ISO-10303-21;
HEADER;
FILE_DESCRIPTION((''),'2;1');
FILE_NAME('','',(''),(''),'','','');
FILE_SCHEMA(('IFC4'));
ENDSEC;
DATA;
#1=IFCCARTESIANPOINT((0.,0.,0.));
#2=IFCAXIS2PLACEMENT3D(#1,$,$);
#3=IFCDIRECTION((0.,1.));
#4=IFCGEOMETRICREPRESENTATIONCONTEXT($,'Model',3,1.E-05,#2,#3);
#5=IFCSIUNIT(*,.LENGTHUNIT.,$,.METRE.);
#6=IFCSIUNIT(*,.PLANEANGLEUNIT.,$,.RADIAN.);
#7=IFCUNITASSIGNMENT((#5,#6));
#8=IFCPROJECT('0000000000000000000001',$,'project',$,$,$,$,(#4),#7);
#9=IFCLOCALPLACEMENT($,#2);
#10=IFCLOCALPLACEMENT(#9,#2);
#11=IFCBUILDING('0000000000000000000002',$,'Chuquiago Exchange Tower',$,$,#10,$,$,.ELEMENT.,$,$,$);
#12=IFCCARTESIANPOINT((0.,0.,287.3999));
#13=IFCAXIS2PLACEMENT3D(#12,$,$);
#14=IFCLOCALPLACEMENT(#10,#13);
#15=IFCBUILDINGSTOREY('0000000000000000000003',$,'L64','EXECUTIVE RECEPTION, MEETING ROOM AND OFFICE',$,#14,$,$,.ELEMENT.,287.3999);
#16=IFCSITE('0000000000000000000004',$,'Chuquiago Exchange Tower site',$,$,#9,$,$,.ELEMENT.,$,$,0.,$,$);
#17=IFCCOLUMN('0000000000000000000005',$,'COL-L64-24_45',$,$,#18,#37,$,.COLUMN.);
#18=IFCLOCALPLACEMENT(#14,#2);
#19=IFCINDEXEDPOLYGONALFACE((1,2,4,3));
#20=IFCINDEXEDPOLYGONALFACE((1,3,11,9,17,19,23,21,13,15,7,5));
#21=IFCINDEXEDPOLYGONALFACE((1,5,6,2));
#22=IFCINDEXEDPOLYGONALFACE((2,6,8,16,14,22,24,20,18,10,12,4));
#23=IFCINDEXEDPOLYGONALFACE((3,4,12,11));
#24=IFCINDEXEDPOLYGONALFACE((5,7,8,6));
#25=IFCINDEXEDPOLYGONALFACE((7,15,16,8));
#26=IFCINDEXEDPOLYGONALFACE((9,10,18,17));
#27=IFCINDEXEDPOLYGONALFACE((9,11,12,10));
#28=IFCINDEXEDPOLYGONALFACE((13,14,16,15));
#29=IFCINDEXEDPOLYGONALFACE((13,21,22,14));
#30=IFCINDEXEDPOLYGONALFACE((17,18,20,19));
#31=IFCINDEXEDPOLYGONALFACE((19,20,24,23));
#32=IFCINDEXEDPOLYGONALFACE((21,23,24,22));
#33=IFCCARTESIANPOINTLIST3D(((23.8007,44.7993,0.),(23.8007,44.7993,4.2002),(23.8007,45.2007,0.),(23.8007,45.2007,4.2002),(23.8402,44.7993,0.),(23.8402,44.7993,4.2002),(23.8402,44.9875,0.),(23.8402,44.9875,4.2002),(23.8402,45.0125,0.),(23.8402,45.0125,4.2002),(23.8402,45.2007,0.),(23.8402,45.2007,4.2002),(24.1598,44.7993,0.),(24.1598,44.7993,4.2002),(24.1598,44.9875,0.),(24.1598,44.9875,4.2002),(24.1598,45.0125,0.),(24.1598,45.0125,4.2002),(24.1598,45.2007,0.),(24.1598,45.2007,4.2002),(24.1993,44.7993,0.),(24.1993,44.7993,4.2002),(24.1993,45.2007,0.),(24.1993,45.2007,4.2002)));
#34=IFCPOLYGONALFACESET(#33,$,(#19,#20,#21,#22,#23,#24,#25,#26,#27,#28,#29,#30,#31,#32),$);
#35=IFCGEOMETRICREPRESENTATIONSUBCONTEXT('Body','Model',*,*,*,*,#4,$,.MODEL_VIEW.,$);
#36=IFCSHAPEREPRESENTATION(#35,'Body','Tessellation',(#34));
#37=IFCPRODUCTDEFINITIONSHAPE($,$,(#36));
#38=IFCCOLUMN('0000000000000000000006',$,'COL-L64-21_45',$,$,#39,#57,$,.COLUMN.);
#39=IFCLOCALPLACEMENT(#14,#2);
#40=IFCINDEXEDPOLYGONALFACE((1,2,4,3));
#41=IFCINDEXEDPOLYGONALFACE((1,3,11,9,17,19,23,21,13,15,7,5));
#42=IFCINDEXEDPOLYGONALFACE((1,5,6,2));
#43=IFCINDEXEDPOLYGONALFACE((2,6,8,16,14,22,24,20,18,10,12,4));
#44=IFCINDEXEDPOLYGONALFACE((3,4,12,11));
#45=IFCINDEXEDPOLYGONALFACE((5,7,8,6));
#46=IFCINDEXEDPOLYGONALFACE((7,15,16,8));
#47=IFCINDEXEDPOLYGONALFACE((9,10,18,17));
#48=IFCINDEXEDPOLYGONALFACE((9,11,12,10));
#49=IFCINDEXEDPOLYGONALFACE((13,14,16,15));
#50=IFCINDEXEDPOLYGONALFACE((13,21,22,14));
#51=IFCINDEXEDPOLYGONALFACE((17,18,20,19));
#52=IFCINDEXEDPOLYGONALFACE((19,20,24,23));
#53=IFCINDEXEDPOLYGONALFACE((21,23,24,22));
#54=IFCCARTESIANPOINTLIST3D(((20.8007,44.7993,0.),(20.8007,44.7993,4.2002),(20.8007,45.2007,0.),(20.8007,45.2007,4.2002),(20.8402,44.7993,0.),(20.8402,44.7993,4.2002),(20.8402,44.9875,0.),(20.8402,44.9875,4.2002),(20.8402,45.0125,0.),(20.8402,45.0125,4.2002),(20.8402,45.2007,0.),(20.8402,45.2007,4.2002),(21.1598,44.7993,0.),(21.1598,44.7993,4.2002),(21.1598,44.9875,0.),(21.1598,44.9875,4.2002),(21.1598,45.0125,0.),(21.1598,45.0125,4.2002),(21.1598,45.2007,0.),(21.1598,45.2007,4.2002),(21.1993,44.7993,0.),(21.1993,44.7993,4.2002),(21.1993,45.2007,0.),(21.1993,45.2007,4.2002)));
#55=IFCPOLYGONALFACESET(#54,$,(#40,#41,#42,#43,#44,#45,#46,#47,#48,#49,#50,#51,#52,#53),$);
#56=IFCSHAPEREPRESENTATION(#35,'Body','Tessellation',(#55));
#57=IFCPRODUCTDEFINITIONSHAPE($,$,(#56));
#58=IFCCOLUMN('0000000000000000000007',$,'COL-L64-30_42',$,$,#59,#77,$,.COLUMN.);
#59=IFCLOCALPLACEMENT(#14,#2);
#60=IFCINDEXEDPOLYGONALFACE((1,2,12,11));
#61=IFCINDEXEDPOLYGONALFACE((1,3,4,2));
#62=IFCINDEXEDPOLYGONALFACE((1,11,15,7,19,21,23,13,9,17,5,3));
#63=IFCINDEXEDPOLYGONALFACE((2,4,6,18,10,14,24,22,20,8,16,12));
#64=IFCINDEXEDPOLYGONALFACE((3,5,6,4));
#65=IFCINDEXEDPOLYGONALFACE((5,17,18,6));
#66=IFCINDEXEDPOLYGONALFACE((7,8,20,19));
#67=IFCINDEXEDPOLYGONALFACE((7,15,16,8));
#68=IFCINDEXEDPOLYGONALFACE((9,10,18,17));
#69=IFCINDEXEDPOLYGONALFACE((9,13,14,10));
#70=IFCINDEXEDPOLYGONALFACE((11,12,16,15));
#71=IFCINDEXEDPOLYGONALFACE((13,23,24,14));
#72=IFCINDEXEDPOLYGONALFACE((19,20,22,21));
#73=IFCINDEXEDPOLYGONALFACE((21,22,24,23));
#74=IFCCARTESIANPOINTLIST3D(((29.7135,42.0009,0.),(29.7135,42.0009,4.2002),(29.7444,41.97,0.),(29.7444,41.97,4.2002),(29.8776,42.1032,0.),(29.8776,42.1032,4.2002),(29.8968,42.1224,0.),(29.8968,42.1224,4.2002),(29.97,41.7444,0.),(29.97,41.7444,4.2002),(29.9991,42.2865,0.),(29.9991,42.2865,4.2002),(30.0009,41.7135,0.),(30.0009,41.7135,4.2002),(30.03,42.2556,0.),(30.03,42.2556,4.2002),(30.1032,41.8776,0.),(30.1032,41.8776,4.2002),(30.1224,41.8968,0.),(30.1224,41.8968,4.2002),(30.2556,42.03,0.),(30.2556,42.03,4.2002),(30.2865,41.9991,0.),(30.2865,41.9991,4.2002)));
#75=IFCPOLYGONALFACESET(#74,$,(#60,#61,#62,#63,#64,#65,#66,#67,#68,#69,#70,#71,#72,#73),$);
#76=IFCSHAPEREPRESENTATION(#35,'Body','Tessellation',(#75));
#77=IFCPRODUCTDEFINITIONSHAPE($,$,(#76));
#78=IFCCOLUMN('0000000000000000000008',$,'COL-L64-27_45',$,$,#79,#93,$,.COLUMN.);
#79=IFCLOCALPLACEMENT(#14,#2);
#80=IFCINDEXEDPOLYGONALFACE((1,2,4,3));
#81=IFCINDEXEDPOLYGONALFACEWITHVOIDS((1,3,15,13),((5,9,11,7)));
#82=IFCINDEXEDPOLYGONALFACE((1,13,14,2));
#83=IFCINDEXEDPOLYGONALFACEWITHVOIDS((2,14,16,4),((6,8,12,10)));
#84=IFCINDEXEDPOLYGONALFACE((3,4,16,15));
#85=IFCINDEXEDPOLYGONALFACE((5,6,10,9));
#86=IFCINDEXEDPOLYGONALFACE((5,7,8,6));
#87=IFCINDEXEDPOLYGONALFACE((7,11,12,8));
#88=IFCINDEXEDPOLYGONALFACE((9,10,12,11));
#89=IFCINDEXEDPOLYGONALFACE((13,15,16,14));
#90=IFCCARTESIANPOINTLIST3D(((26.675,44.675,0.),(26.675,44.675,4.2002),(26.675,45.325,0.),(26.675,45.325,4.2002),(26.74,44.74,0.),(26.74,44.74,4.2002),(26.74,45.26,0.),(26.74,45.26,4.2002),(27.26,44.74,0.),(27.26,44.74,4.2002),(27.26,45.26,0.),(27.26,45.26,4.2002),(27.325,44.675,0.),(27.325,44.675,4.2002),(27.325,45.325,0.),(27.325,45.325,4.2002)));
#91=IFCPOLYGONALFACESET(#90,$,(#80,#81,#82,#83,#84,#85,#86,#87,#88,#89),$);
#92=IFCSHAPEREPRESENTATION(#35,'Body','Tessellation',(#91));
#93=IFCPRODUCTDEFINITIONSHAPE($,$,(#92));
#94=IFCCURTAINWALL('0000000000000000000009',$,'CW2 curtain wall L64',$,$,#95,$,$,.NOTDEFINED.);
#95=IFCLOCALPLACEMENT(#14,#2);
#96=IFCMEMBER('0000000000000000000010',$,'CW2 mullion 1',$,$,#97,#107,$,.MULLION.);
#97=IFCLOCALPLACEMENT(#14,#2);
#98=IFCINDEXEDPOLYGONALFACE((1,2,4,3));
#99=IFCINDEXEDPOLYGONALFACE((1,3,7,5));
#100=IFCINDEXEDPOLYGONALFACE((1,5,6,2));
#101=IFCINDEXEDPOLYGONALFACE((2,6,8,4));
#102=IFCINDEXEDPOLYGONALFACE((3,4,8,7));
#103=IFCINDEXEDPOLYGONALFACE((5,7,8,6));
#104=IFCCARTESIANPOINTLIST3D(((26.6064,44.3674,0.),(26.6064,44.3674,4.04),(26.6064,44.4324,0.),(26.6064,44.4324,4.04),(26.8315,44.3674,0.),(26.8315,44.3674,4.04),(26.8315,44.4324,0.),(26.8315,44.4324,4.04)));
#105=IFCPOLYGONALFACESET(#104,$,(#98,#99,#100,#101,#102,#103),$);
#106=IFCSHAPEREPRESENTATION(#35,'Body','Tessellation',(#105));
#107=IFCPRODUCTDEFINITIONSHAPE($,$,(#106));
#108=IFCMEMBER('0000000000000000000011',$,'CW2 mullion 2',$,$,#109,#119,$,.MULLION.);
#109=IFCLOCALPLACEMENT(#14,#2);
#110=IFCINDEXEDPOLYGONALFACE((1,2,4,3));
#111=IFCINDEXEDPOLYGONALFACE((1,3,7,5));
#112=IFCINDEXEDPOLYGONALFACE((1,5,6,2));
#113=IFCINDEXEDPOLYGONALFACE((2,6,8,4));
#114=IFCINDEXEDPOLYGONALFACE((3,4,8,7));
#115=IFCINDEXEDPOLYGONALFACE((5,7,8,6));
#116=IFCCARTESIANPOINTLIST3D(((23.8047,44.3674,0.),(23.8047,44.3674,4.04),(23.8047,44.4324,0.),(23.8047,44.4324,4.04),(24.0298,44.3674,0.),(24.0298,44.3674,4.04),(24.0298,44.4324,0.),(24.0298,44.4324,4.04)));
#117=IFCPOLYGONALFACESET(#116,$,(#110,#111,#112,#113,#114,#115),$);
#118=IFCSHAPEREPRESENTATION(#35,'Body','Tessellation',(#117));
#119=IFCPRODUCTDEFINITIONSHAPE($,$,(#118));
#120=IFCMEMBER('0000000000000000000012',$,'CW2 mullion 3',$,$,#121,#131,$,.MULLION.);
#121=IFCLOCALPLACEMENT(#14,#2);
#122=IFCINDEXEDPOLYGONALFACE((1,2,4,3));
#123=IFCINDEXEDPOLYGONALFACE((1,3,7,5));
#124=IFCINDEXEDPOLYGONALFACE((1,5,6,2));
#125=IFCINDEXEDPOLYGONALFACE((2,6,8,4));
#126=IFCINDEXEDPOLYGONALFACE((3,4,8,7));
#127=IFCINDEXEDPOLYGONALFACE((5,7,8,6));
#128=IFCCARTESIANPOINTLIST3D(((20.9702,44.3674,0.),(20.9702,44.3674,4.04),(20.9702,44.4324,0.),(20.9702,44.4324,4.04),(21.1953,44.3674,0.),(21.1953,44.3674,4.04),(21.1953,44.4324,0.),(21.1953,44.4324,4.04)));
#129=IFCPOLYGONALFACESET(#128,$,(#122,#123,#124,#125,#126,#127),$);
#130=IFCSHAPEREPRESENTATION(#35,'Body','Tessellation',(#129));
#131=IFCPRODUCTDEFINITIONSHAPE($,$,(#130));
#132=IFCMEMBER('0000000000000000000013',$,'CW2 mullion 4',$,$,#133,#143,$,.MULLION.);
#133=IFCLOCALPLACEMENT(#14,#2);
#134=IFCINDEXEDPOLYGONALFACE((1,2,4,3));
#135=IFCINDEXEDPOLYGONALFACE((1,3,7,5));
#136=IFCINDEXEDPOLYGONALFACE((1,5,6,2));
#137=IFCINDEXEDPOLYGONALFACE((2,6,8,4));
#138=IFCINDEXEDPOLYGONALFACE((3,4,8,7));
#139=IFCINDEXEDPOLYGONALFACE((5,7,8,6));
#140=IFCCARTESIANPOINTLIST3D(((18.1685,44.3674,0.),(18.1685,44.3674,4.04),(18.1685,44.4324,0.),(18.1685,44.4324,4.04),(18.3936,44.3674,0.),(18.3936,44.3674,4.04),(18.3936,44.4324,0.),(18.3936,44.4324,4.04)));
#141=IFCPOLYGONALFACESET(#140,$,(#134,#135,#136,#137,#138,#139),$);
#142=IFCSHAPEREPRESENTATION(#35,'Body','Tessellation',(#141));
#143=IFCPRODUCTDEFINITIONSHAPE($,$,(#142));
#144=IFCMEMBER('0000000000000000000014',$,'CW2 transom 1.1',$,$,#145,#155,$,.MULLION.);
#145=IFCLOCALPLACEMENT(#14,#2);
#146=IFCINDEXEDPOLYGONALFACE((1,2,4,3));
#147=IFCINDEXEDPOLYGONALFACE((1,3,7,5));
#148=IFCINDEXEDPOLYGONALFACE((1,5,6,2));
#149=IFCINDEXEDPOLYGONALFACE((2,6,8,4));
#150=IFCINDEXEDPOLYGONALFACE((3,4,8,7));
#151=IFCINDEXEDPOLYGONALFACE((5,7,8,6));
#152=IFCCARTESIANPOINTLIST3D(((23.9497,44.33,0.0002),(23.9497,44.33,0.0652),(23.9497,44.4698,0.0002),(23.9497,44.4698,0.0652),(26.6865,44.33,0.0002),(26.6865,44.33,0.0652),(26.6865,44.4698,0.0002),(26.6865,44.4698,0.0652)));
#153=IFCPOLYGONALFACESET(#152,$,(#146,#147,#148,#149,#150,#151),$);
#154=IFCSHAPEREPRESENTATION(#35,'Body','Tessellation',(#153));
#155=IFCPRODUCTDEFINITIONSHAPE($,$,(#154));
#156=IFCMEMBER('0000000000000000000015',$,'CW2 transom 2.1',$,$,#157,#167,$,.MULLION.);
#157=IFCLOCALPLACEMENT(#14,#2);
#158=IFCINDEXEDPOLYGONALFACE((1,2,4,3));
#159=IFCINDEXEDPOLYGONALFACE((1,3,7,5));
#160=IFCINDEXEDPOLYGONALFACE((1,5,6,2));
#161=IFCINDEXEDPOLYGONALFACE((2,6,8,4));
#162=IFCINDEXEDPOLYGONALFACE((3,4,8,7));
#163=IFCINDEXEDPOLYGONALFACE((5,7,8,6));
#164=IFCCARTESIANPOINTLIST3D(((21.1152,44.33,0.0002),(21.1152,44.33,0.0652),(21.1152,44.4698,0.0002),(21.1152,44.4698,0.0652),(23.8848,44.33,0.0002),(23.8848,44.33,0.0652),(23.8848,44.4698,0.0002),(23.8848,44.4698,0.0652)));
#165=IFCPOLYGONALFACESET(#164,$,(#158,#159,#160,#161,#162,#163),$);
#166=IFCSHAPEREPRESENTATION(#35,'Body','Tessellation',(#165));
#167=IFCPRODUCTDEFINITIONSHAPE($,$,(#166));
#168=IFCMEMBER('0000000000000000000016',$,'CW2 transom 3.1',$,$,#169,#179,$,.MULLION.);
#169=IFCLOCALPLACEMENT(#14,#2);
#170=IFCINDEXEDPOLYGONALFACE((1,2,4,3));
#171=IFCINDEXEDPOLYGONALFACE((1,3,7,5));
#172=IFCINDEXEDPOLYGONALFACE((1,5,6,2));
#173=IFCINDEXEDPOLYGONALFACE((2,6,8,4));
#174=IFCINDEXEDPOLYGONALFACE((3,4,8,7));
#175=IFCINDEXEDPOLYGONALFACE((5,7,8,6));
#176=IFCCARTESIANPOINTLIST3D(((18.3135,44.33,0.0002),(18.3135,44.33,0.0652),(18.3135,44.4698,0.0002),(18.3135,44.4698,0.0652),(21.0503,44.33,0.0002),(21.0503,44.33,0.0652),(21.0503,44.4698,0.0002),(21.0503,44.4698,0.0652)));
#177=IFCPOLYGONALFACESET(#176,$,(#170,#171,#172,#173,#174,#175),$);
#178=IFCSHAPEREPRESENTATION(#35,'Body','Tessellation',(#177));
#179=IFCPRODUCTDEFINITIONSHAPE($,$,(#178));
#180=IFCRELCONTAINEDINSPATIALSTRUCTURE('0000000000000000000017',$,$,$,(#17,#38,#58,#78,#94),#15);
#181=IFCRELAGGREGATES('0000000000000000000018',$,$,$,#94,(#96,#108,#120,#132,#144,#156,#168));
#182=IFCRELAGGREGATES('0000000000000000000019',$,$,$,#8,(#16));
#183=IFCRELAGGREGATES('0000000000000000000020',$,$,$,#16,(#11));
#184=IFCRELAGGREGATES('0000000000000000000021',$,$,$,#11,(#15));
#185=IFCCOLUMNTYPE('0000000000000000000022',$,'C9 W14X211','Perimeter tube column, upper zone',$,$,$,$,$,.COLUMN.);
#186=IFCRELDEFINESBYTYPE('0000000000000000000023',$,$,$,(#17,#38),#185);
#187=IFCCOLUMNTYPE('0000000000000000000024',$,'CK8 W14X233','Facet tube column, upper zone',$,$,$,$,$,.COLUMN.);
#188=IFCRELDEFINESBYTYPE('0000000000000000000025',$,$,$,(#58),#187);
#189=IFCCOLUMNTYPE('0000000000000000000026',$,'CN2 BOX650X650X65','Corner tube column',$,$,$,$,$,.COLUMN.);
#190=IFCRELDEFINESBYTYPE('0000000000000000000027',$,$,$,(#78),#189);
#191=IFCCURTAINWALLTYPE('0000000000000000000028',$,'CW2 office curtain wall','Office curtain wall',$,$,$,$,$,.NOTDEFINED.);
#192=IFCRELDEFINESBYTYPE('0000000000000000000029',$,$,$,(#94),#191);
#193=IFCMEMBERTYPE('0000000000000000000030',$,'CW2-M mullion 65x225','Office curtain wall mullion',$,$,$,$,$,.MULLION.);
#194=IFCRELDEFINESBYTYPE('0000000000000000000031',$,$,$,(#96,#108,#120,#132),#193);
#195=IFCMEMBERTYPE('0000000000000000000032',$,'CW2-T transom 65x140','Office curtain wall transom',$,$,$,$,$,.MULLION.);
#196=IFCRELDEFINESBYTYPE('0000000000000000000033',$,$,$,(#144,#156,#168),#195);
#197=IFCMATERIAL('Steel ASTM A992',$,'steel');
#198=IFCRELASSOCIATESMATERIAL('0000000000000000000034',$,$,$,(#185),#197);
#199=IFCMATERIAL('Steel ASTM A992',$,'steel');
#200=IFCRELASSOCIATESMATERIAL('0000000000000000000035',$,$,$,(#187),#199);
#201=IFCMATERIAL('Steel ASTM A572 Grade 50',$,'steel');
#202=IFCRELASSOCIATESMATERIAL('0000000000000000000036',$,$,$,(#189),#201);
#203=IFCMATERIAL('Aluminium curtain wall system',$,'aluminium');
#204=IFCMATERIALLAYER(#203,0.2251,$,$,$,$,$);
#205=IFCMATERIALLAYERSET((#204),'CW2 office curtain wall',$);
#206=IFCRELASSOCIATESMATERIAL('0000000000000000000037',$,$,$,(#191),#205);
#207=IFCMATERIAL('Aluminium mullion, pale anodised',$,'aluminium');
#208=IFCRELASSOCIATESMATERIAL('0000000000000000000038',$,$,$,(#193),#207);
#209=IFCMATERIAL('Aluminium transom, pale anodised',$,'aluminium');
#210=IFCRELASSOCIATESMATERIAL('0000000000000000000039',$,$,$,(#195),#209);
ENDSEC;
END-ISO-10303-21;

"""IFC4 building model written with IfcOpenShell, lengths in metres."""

from ifc_helpers import new_model, si_unit, direction, frame, origin, origin_2d, place, context, subcontext, project, spatial, rectangle, hollow_rectangle, i_section, extrude, material, layer, layer_set, material_profile, profile_set, type_object, element, aggregate, save


model = new_model("IFC4")

# Units and contexts
model_context = context("Model", 3, precision=1e-05, world=origin(), true_north=direction((0.0, 1.0)))
body_context = subcontext(model_context, "Body", "Model", "MODEL_VIEW")
ifc_project = project(units=[si_unit("LENGTHUNIT", "METRE"), si_unit("PLANEANGLEUNIT", "RADIAN")], contexts=[model_context])

# Site, building, storey
site_placement = place(None, origin())
site = spatial("IfcSite", under=ifc_project, at=site_placement, Name="Chuquiago Exchange Tower site", CompositionType="ELEMENT", RefElevation=0.0)
building_placement = place(site_placement, origin())
building = spatial("IfcBuilding", under=site, at=building_placement, Name="Chuquiago Exchange Tower", CompositionType="ELEMENT")
storey_placement = place(building_placement, frame((0.0, 0.0, 287.3999)))
storey = spatial("IfcBuildingStorey", under=building, at=storey_placement, Name="L64", Description="EXECUTIVE RECEPTION, MEETING ROOM AND OFFICE", CompositionType="ELEMENT", Elevation=287.3999)

# Columns
ifc_material_1 = material(Name="Steel ASTM A992", Category="steel")
ifc_material_profile_1 = material_profile(ifc_material_1, i_section(OverallWidth=0.4014, OverallDepth=0.3987, WebThickness=0.0249, FlangeThickness=0.0396, at=origin_2d()), Name="W14X211")
ifc_profile_set_1 = profile_set([ifc_material_profile_1], Name="Steel ASTM A992")
column_type_1 = type_object("IfcColumnType", Name="C9 W14X211", Description="Perimeter tube column, upper zone", PredefinedType="COLUMN", material=ifc_profile_set_1)
for number, where, z_axis, x_axis, name in (
    (1, (24.0, 45.0, 0.0), (0.0, 0.0, 1.0), (0.0, 1.0, 0.0), "COL-L64-24_45"),
    (2, (21.0, 45.0, 0.0), (0.0, 0.0, 1.0), (0.0, 1.0, 0.0), "COL-L64-21_45"),
):
    element("IfcColumn", number, at=place(storey_placement, frame(where, z_axis=z_axis, x_axis=x_axis)), inside=storey, type_object=column_type_1, Name=name, PredefinedType="COLUMN", context=body_context, shape_type="SweptSolid", body=[
        extrude(i_section(OverallWidth=0.4014, OverallDepth=0.3987, WebThickness=0.0249, FlangeThickness=0.0396, at=origin_2d()), origin(), (0.0, 0.0, 1.0), 4.2002),
    ])
ifc_material_2 = material(Name="Steel ASTM A992", Category="steel")
ifc_material_profile_2 = material_profile(ifc_material_2, i_section(OverallWidth=0.4038, OverallDepth=0.4065, WebThickness=0.0271, FlangeThickness=0.0437, at=origin_2d()), Name="W14X233")
ifc_profile_set_2 = profile_set([ifc_material_profile_2], Name="Steel ASTM A992")
column_type_2 = type_object("IfcColumnType", Name="CK8 W14X233", Description="Facet tube column, upper zone", PredefinedType="COLUMN", material=ifc_profile_set_2)
column_1_placement = place(storey_placement, frame((30.0, 42.0, 0.0), z_axis=(0.0, 0.0, 1.0), x_axis=(0.707107, 0.707107, 0.0)))
element("IfcColumn", 3, at=column_1_placement, inside=storey, type_object=column_type_2, Name="COL-L64-30_42", PredefinedType="COLUMN", context=body_context, shape_type="SweptSolid", body=[
    extrude(i_section(OverallWidth=0.4038, OverallDepth=0.4065, WebThickness=0.0271, FlangeThickness=0.0437, at=origin_2d()), origin(), (0.0, 0.0, 1.0), 4.2002),
])
ifc_material_3 = material(Name="Steel ASTM A572 Grade 50", Category="steel")
ifc_material_profile_3 = material_profile(ifc_material_3, hollow_rectangle(XDim=0.6499, YDim=0.6499, WallThickness=0.0649, at=origin_2d()), Name="BOX650X650X65")
ifc_profile_set_3 = profile_set([ifc_material_profile_3], Name="Steel ASTM A572 Grade 50")
column_type_3 = type_object("IfcColumnType", Name="CN2 BOX650X650X65", Description="Corner tube column", PredefinedType="COLUMN", material=ifc_profile_set_3)
column_2_placement = place(storey_placement, frame((27.0, 45.0, 0.0), z_axis=(0.0, 0.0, 1.0), x_axis=(0.0, 1.0, 0.0)))
element("IfcColumn", 4, at=column_2_placement, inside=storey, type_object=column_type_3, Name="COL-L64-27_45", PredefinedType="COLUMN", context=body_context, shape_type="SweptSolid", body=[
    extrude(hollow_rectangle(XDim=0.6499, YDim=0.6499, WallThickness=0.0649, at=origin_2d()), origin(), (0.0, 0.0, 1.0), 4.2002),
])

# Curtain wall, members
ifc_material_4 = material(Name="Aluminium curtain wall system", Category="aluminium")
ifc_layer_1 = layer(ifc_material_4, 0.2251)
ifc_layer_set_1 = layer_set([ifc_layer_1], Name="CW2 office curtain wall")
curtain_wall_type_1 = type_object("IfcCurtainWallType", Name="CW2 office curtain wall", Description="Office curtain wall", PredefinedType="NOTDEFINED", material=ifc_layer_set_1)
curtain_wall_1_placement = place(storey_placement, origin())
curtain_wall_1 = element("IfcCurtainWall", 5, at=curtain_wall_1_placement, inside=storey, type_object=curtain_wall_type_1, Name="CW2 curtain wall L64", PredefinedType="NOTDEFINED")
ifc_material_5 = material(Name="Aluminium mullion, pale anodised", Category="aluminium")
ifc_material_profile_4 = material_profile(ifc_material_5, rectangle(XDim=0.0649, YDim=0.2251, at=origin_2d()), Name="AL 65x225")
ifc_profile_set_4 = profile_set([ifc_material_profile_4], Name="Aluminium mullion, pale anodised")
member_type_1 = type_object("IfcMemberType", Name="CW2-M mullion 65x225", Description="Office curtain wall mullion", PredefinedType="MULLION", material=ifc_profile_set_4)
member_1_placement = place(storey_placement, frame((26.719, 44.3999, 0.0), z_axis=(0.0, 0.0, 1.0), x_axis=(0.0, -1.0, 0.0)))
member_1 = element("IfcMember", 6, at=member_1_placement, type_object=member_type_1, Name="CW2 mullion 1", PredefinedType="MULLION", context=body_context, shape_type="SweptSolid", body=[
    extrude(rectangle(XDim=0.0649, YDim=0.2251, at=origin_2d()), origin(), (0.0, 0.0, 1.0), 4.04),
])
member_2_placement = place(storey_placement, frame((23.9172, 44.3999, 0.0), z_axis=(0.0, 0.0, 1.0), x_axis=(0.0, -1.0, 0.0)))
member_2 = element("IfcMember", 7, at=member_2_placement, type_object=member_type_1, Name="CW2 mullion 2", PredefinedType="MULLION", context=body_context, shape_type="SweptSolid", body=[
    extrude(rectangle(XDim=0.0649, YDim=0.2251, at=origin_2d()), origin(), (0.0, 0.0, 1.0), 4.04),
])
member_3_placement = place(storey_placement, frame((21.0828, 44.3999, 0.0), z_axis=(0.0, 0.0, 1.0), x_axis=(0.0, -1.0, 0.0)))
member_3 = element("IfcMember", 8, at=member_3_placement, type_object=member_type_1, Name="CW2 mullion 3", PredefinedType="MULLION", context=body_context, shape_type="SweptSolid", body=[
    extrude(rectangle(XDim=0.0649, YDim=0.2251, at=origin_2d()), origin(), (0.0, 0.0, 1.0), 4.04),
])
member_4_placement = place(storey_placement, frame((18.281, 44.3999, 0.0), z_axis=(0.0, 0.0, 1.0), x_axis=(0.0, -1.0, 0.0)))
member_4 = element("IfcMember", 9, at=member_4_placement, type_object=member_type_1, Name="CW2 mullion 4", PredefinedType="MULLION", context=body_context, shape_type="SweptSolid", body=[
    extrude(rectangle(XDim=0.0649, YDim=0.2251, at=origin_2d()), origin(), (0.0, 0.0, 1.0), 4.04),
])
ifc_material_6 = material(Name="Aluminium transom, pale anodised", Category="aluminium")
ifc_material_profile_5 = material_profile(ifc_material_6, rectangle(XDim=0.1399, YDim=0.0649, at=origin_2d()), Name="AL 140x65")
ifc_profile_set_5 = profile_set([ifc_material_profile_5], Name="Aluminium transom, pale anodised")
member_type_2 = type_object("IfcMemberType", Name="CW2-T transom 65x140", Description="Office curtain wall transom", PredefinedType="MULLION", material=ifc_profile_set_5)
member_5_placement = place(storey_placement, frame((26.6865, 44.3999, 0.0327), z_axis=(-1.0, 0.0, 0.0), x_axis=(0.0, -1.0, 0.0)))
member_5 = element("IfcMember", 10, at=member_5_placement, type_object=member_type_2, Name="CW2 transom 1.1", PredefinedType="MULLION", context=body_context, shape_type="SweptSolid", body=[
    extrude(rectangle(XDim=0.1399, YDim=0.0649, at=origin_2d()), origin(), (0.0, 0.0, 1.0), 2.7368),
])
member_6_placement = place(storey_placement, frame((23.8848, 44.3999, 0.0327), z_axis=(-1.0, 0.0, 0.0), x_axis=(0.0, -1.0, 0.0)))
member_6 = element("IfcMember", 11, at=member_6_placement, type_object=member_type_2, Name="CW2 transom 2.1", PredefinedType="MULLION", context=body_context, shape_type="SweptSolid", body=[
    extrude(rectangle(XDim=0.1399, YDim=0.0649, at=origin_2d()), origin(), (0.0, 0.0, 1.0), 2.7695),
])
member_7_placement = place(storey_placement, frame((21.0503, 44.3999, 0.0327), z_axis=(-1.0, 0.0, 0.0), x_axis=(0.0, -1.0, 0.0)))
member_7 = element("IfcMember", 12, at=member_7_placement, type_object=member_type_2, Name="CW2 transom 3.1", PredefinedType="MULLION", context=body_context, shape_type="SweptSolid", body=[
    extrude(rectangle(XDim=0.1399, YDim=0.0649, at=origin_2d()), origin(), (0.0, 0.0, 1.0), 2.7368),
])

aggregate(curtain_wall_1, [member_1, member_2, member_3, member_4, member_5, member_6, member_7])

save(model, "model.ifc")
